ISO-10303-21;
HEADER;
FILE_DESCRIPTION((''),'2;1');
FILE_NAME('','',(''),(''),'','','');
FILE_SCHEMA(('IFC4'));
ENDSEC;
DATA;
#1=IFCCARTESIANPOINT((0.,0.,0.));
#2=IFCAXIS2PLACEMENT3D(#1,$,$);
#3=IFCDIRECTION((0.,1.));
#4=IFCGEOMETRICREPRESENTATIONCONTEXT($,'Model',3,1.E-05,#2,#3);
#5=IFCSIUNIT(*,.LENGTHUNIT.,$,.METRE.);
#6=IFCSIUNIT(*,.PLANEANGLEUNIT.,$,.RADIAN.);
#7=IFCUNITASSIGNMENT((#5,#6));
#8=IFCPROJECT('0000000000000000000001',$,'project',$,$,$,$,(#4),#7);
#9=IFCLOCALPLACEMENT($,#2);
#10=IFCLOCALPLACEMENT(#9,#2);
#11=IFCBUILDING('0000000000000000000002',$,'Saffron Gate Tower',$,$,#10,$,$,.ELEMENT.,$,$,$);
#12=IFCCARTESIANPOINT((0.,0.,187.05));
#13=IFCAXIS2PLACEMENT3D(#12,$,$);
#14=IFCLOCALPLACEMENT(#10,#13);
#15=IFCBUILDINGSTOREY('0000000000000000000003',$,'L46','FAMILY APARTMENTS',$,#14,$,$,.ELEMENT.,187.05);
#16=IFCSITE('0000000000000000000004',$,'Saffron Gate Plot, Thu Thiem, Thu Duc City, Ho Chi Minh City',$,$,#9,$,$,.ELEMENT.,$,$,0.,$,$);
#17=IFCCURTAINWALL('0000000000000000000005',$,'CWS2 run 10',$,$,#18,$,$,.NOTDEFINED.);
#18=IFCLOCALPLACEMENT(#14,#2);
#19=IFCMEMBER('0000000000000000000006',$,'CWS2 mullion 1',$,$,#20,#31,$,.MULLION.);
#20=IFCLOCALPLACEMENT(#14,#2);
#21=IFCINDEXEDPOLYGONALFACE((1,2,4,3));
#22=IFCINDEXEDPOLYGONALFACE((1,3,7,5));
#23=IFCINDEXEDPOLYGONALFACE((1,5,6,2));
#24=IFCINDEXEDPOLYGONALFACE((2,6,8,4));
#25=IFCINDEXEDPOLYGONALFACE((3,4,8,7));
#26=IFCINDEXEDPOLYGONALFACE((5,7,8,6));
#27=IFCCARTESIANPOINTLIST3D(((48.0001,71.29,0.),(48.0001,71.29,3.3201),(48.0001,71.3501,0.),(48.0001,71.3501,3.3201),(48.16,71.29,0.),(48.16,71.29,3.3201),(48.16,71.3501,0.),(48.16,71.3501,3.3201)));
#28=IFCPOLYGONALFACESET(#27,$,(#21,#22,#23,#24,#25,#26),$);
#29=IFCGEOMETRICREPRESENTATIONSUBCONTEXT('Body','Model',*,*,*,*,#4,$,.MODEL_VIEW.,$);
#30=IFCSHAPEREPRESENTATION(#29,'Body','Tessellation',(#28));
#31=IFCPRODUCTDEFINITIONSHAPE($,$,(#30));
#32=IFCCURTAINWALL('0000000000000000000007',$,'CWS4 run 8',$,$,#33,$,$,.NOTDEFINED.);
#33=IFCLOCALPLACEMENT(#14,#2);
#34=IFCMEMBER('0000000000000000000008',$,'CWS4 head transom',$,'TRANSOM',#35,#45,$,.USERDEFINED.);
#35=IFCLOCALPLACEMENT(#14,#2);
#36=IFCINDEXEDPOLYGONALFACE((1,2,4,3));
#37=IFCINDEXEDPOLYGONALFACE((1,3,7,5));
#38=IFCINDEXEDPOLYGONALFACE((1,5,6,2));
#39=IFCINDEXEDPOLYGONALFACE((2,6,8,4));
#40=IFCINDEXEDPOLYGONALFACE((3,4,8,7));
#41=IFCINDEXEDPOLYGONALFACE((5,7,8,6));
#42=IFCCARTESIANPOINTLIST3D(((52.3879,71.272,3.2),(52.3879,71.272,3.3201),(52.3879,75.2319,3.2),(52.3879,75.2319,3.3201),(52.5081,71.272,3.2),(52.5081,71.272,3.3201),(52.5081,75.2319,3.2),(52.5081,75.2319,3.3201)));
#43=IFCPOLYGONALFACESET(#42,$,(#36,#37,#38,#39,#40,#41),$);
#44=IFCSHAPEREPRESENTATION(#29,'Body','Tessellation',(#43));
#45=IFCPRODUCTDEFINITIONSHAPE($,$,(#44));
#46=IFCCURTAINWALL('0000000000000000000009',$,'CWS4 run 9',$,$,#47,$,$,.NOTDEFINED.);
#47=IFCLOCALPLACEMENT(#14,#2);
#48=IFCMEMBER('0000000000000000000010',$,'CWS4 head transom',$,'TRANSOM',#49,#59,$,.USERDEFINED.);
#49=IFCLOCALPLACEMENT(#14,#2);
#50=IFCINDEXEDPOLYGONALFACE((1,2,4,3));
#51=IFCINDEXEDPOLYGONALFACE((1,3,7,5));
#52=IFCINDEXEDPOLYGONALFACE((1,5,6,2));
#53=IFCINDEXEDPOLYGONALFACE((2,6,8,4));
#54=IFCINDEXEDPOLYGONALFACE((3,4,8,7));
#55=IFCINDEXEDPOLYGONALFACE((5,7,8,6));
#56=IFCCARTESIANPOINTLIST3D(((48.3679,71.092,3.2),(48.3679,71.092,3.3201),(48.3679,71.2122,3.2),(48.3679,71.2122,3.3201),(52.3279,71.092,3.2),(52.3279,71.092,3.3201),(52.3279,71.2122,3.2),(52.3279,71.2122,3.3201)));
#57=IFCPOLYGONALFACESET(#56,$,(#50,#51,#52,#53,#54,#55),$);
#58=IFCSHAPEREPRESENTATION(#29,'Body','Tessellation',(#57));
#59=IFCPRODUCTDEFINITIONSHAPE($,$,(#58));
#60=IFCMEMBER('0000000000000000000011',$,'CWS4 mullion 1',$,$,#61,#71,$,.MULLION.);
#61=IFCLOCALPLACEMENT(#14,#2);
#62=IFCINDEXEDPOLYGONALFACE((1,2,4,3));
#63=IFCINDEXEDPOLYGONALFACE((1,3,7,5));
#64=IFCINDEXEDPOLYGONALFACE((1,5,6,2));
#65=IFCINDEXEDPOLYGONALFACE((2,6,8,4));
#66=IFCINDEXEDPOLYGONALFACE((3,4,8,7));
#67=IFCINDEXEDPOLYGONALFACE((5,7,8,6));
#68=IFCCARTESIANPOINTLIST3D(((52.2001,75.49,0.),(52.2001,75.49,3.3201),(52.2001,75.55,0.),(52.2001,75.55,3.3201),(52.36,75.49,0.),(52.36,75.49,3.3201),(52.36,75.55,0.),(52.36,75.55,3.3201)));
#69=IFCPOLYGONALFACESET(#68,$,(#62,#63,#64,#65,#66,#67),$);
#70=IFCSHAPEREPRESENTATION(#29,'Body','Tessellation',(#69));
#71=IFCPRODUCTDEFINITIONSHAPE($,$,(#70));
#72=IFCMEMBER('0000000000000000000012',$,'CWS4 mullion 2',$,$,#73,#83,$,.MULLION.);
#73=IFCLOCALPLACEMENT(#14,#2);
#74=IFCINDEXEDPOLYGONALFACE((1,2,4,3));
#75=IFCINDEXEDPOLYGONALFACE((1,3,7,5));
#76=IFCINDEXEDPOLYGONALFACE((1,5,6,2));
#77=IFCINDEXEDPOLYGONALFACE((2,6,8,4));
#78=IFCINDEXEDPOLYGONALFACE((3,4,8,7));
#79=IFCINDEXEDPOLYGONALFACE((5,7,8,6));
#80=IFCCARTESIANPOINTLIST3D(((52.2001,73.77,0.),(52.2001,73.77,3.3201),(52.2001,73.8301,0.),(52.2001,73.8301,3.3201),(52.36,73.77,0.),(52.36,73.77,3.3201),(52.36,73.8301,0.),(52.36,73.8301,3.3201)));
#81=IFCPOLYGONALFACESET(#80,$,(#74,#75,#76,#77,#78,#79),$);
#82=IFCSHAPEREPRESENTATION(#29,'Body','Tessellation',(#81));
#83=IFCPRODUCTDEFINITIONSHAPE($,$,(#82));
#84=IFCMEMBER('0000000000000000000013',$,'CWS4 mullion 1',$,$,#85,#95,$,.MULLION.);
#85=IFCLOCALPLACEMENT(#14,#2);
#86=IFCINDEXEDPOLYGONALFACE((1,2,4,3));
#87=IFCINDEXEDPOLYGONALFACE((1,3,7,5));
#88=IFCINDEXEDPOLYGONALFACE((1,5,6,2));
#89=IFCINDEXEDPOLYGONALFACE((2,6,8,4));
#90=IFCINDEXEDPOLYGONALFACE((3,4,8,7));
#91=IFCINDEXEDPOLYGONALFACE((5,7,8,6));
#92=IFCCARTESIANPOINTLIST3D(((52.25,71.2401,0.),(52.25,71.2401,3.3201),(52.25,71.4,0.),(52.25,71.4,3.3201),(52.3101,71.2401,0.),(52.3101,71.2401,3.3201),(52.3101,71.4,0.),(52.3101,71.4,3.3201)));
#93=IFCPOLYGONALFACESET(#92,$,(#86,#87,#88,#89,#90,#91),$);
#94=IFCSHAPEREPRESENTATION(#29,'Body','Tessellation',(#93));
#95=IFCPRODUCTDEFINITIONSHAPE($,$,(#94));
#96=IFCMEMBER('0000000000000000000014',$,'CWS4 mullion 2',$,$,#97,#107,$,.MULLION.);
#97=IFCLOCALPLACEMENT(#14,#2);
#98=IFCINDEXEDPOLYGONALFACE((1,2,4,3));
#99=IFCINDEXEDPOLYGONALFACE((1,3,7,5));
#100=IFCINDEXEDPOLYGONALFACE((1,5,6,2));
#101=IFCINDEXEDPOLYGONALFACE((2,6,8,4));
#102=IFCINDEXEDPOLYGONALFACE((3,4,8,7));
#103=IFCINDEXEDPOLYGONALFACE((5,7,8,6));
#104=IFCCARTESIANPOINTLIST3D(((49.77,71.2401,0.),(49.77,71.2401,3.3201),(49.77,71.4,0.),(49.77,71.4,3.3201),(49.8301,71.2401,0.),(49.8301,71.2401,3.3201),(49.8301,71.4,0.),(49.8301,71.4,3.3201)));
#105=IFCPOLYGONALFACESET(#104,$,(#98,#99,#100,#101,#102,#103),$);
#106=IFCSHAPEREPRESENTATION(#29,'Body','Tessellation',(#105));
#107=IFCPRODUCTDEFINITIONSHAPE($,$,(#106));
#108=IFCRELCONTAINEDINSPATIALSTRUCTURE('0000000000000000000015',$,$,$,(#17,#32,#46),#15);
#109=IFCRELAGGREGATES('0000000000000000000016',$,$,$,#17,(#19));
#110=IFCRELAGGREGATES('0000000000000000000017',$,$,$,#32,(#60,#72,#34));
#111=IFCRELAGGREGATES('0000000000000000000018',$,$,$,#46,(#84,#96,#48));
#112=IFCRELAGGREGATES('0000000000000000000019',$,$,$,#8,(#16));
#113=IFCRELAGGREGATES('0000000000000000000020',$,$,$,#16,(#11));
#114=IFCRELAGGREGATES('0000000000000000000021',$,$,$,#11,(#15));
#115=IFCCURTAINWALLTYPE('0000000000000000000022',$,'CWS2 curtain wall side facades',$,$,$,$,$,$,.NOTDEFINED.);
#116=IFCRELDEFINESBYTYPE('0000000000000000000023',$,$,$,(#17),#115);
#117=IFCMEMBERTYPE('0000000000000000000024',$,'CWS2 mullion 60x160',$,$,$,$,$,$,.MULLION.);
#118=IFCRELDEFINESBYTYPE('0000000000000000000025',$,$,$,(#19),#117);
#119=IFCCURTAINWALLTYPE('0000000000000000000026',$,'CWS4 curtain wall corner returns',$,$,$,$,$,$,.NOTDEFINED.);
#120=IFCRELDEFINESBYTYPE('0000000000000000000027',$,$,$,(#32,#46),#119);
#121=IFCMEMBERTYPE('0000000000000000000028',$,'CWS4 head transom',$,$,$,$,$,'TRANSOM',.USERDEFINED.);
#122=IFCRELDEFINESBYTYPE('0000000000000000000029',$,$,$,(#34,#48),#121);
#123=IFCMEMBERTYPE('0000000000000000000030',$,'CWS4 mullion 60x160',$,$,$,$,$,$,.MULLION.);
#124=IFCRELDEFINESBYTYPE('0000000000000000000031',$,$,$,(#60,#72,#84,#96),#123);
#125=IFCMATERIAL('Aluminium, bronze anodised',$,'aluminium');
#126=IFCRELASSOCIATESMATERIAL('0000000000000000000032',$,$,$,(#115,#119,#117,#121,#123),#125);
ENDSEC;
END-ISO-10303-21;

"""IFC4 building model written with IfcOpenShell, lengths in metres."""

from ifc_helpers import new_model, si_unit, direction, frame, origin, origin_2d, place, context, subcontext, project, spatial, rectangle, extrude, material, material_profile, profile_set, type_object, element, aggregate, save


model = new_model("IFC4")

# Units and contexts
model_context = context("Model", 3, precision=1e-05, world=origin(), true_north=direction((0.0, 1.0)))
body_context = subcontext(model_context, "Body", "Model", "MODEL_VIEW")
ifc_project = project(units=[si_unit("LENGTHUNIT", "METRE"), si_unit("PLANEANGLEUNIT", "RADIAN")], contexts=[model_context])

# Site, building, storey
site_placement = place(None, origin())
site = spatial("IfcSite", under=ifc_project, at=site_placement, Name="Saffron Gate Plot, Thu Thiem, Thu Duc City, Ho Chi Minh City", CompositionType="ELEMENT", RefElevation=0.0)
building_placement = place(site_placement, origin())
building = spatial("IfcBuilding", under=site, at=building_placement, Name="Saffron Gate Tower", CompositionType="ELEMENT")
storey_placement = place(building_placement, frame((0.0, 0.0, 187.05)))
storey = spatial("IfcBuildingStorey", under=building, at=storey_placement, Name="L46", Description="FAMILY APARTMENTS", CompositionType="ELEMENT", Elevation=187.05)

# Curtain walls, members
ifc_material_1 = material(Name="Aluminium, bronze anodised", Category="aluminium")
curtain_wall_type_1 = type_object("IfcCurtainWallType", Name="CWS2 curtain wall side facades", PredefinedType="NOTDEFINED", material=ifc_material_1)
curtain_wall_1_placement = place(storey_placement, origin())
curtain_wall_1 = element("IfcCurtainWall", 1, at=curtain_wall_1_placement, inside=storey, type_object=curtain_wall_type_1, Name="CWS2 run 10", PredefinedType="NOTDEFINED")
ifc_material_profile_1 = material_profile(ifc_material_1, rectangle(XDim=0.1599, YDim=0.0601, at=origin_2d()))
ifc_profile_set_1 = profile_set([ifc_material_profile_1], Name="Aluminium, bronze anodised")
member_type_1 = type_object("IfcMemberType", Name="CWS2 mullion 60x160", PredefinedType="MULLION", material=ifc_profile_set_1)
member_1_placement = place(storey_placement, frame((48.0801, 71.3201, 0.0), z_axis=(0.0, 0.0, 1.0), x_axis=(1.0, 0.0, 0.0)))
member_1 = element("IfcMember", 2, at=member_1_placement, type_object=member_type_1, Name="CWS2 mullion 1", PredefinedType="MULLION", context=body_context, shape_type="SweptSolid", body=[
    extrude(rectangle(XDim=0.1599, YDim=0.0601, at=origin_2d()), origin(), (0.0, 0.0, 1.0), 3.3201),
])
curtain_wall_type_2 = type_object("IfcCurtainWallType", Name="CWS4 curtain wall corner returns", PredefinedType="NOTDEFINED", material=ifc_material_1)
curtain_wall_2_placement = place(storey_placement, origin())
curtain_wall_2 = element("IfcCurtainWall", 3, at=curtain_wall_2_placement, inside=storey, type_object=curtain_wall_type_2, Name="CWS4 run 8", PredefinedType="NOTDEFINED")
ifc_material_profile_2 = material_profile(ifc_material_1, rectangle(XDim=0.1201, YDim=0.1201, at=origin_2d()))
ifc_profile_set_2 = profile_set([ifc_material_profile_2], Name="Aluminium, bronze anodised")
member_type_2 = type_object("IfcMemberType", Name="CWS4 head transom", ElementType="TRANSOM", PredefinedType="USERDEFINED", material=ifc_profile_set_2)
member_2_placement = place(storey_placement, frame((52.448, 75.2319, 3.26), z_axis=(0.0, -1.0, 0.0), x_axis=(1.0, 0.0, 0.0)))
member_2 = element("IfcMember", 4, at=member_2_placement, type_object=member_type_2, Name="CWS4 head transom", ObjectType="TRANSOM", PredefinedType="USERDEFINED", context=body_context, shape_type="SweptSolid", body=[
    extrude(rectangle(XDim=0.1201, YDim=0.1201, at=origin_2d()), origin(), (0.0, 0.0, 1.0), 3.96),
])
curtain_wall_3_placement = place(storey_placement, origin())
curtain_wall_3 = element("IfcCurtainWall", 5, at=curtain_wall_3_placement, inside=storey, type_object=curtain_wall_type_2, Name="CWS4 run 9", PredefinedType="NOTDEFINED")
member_3_placement = place(storey_placement, frame((52.3279, 71.1521, 3.26), z_axis=(-1.0, 0.0, 0.0), x_axis=(0.0, -1.0, 0.0)))
member_3 = element("IfcMember", 6, at=member_3_placement, type_object=member_type_2, Name="CWS4 head transom", ObjectType="TRANSOM", PredefinedType="USERDEFINED", context=body_context, shape_type="SweptSolid", body=[
    extrude(rectangle(XDim=0.1201, YDim=0.1201, at=origin_2d()), origin(), (0.0, 0.0, 1.0), 3.96),
])

# Members
ifc_material_profile_3 = material_profile(ifc_material_1, rectangle(XDim=0.1599, YDim=0.0601, at=origin_2d()))
ifc_profile_set_3 = profile_set([ifc_material_profile_3], Name="Aluminium, bronze anodised")
member_type_3 = type_object("IfcMemberType", Name="CWS4 mullion 60x160", PredefinedType="MULLION", material=ifc_profile_set_3)
member_4_placement = place(storey_placement, frame((52.28, 75.52, 0.0), z_axis=(0.0, 0.0, 1.0), x_axis=(1.0, 0.0, 0.0)))
member_4 = element("IfcMember", 7, at=member_4_placement, type_object=member_type_3, Name="CWS4 mullion 1", PredefinedType="MULLION", context=body_context, shape_type="SweptSolid", body=[
    extrude(rectangle(XDim=0.1599, YDim=0.0601, at=origin_2d()), origin(), (0.0, 0.0, 1.0), 3.3201),
])
member_5_placement = place(storey_placement, frame((52.28, 73.8, 0.0), z_axis=(0.0, 0.0, 1.0), x_axis=(1.0, 0.0, 0.0)))
member_5 = element("IfcMember", 8, at=member_5_placement, type_object=member_type_3, Name="CWS4 mullion 2", PredefinedType="MULLION", context=body_context, shape_type="SweptSolid", body=[
    extrude(rectangle(XDim=0.1599, YDim=0.0601, at=origin_2d()), origin(), (0.0, 0.0, 1.0), 3.3201),
])
member_6_placement = place(storey_placement, frame((52.28, 71.3201, 0.0), z_axis=(0.0, 0.0, 1.0), x_axis=(0.0, -1.0, 0.0)))
member_6 = element("IfcMember", 9, at=member_6_placement, type_object=member_type_3, Name="CWS4 mullion 1", PredefinedType="MULLION", context=body_context, shape_type="SweptSolid", body=[
    extrude(rectangle(XDim=0.1599, YDim=0.0601, at=origin_2d()), origin(), (0.0, 0.0, 1.0), 3.3201),
])
member_7_placement = place(storey_placement, frame((49.8, 71.3201, 0.0), z_axis=(0.0, 0.0, 1.0), x_axis=(0.0, -1.0, 0.0)))
member_7 = element("IfcMember", 10, at=member_7_placement, type_object=member_type_3, Name="CWS4 mullion 2", PredefinedType="MULLION", context=body_context, shape_type="SweptSolid", body=[
    extrude(rectangle(XDim=0.1599, YDim=0.0601, at=origin_2d()), origin(), (0.0, 0.0, 1.0), 3.3201),
])

aggregate(curtain_wall_1, [member_1])

aggregate(curtain_wall_2, [member_4, member_5, member_2])
aggregate(curtain_wall_3, [member_6, member_7, member_3])

save(model, "model.ifc")
